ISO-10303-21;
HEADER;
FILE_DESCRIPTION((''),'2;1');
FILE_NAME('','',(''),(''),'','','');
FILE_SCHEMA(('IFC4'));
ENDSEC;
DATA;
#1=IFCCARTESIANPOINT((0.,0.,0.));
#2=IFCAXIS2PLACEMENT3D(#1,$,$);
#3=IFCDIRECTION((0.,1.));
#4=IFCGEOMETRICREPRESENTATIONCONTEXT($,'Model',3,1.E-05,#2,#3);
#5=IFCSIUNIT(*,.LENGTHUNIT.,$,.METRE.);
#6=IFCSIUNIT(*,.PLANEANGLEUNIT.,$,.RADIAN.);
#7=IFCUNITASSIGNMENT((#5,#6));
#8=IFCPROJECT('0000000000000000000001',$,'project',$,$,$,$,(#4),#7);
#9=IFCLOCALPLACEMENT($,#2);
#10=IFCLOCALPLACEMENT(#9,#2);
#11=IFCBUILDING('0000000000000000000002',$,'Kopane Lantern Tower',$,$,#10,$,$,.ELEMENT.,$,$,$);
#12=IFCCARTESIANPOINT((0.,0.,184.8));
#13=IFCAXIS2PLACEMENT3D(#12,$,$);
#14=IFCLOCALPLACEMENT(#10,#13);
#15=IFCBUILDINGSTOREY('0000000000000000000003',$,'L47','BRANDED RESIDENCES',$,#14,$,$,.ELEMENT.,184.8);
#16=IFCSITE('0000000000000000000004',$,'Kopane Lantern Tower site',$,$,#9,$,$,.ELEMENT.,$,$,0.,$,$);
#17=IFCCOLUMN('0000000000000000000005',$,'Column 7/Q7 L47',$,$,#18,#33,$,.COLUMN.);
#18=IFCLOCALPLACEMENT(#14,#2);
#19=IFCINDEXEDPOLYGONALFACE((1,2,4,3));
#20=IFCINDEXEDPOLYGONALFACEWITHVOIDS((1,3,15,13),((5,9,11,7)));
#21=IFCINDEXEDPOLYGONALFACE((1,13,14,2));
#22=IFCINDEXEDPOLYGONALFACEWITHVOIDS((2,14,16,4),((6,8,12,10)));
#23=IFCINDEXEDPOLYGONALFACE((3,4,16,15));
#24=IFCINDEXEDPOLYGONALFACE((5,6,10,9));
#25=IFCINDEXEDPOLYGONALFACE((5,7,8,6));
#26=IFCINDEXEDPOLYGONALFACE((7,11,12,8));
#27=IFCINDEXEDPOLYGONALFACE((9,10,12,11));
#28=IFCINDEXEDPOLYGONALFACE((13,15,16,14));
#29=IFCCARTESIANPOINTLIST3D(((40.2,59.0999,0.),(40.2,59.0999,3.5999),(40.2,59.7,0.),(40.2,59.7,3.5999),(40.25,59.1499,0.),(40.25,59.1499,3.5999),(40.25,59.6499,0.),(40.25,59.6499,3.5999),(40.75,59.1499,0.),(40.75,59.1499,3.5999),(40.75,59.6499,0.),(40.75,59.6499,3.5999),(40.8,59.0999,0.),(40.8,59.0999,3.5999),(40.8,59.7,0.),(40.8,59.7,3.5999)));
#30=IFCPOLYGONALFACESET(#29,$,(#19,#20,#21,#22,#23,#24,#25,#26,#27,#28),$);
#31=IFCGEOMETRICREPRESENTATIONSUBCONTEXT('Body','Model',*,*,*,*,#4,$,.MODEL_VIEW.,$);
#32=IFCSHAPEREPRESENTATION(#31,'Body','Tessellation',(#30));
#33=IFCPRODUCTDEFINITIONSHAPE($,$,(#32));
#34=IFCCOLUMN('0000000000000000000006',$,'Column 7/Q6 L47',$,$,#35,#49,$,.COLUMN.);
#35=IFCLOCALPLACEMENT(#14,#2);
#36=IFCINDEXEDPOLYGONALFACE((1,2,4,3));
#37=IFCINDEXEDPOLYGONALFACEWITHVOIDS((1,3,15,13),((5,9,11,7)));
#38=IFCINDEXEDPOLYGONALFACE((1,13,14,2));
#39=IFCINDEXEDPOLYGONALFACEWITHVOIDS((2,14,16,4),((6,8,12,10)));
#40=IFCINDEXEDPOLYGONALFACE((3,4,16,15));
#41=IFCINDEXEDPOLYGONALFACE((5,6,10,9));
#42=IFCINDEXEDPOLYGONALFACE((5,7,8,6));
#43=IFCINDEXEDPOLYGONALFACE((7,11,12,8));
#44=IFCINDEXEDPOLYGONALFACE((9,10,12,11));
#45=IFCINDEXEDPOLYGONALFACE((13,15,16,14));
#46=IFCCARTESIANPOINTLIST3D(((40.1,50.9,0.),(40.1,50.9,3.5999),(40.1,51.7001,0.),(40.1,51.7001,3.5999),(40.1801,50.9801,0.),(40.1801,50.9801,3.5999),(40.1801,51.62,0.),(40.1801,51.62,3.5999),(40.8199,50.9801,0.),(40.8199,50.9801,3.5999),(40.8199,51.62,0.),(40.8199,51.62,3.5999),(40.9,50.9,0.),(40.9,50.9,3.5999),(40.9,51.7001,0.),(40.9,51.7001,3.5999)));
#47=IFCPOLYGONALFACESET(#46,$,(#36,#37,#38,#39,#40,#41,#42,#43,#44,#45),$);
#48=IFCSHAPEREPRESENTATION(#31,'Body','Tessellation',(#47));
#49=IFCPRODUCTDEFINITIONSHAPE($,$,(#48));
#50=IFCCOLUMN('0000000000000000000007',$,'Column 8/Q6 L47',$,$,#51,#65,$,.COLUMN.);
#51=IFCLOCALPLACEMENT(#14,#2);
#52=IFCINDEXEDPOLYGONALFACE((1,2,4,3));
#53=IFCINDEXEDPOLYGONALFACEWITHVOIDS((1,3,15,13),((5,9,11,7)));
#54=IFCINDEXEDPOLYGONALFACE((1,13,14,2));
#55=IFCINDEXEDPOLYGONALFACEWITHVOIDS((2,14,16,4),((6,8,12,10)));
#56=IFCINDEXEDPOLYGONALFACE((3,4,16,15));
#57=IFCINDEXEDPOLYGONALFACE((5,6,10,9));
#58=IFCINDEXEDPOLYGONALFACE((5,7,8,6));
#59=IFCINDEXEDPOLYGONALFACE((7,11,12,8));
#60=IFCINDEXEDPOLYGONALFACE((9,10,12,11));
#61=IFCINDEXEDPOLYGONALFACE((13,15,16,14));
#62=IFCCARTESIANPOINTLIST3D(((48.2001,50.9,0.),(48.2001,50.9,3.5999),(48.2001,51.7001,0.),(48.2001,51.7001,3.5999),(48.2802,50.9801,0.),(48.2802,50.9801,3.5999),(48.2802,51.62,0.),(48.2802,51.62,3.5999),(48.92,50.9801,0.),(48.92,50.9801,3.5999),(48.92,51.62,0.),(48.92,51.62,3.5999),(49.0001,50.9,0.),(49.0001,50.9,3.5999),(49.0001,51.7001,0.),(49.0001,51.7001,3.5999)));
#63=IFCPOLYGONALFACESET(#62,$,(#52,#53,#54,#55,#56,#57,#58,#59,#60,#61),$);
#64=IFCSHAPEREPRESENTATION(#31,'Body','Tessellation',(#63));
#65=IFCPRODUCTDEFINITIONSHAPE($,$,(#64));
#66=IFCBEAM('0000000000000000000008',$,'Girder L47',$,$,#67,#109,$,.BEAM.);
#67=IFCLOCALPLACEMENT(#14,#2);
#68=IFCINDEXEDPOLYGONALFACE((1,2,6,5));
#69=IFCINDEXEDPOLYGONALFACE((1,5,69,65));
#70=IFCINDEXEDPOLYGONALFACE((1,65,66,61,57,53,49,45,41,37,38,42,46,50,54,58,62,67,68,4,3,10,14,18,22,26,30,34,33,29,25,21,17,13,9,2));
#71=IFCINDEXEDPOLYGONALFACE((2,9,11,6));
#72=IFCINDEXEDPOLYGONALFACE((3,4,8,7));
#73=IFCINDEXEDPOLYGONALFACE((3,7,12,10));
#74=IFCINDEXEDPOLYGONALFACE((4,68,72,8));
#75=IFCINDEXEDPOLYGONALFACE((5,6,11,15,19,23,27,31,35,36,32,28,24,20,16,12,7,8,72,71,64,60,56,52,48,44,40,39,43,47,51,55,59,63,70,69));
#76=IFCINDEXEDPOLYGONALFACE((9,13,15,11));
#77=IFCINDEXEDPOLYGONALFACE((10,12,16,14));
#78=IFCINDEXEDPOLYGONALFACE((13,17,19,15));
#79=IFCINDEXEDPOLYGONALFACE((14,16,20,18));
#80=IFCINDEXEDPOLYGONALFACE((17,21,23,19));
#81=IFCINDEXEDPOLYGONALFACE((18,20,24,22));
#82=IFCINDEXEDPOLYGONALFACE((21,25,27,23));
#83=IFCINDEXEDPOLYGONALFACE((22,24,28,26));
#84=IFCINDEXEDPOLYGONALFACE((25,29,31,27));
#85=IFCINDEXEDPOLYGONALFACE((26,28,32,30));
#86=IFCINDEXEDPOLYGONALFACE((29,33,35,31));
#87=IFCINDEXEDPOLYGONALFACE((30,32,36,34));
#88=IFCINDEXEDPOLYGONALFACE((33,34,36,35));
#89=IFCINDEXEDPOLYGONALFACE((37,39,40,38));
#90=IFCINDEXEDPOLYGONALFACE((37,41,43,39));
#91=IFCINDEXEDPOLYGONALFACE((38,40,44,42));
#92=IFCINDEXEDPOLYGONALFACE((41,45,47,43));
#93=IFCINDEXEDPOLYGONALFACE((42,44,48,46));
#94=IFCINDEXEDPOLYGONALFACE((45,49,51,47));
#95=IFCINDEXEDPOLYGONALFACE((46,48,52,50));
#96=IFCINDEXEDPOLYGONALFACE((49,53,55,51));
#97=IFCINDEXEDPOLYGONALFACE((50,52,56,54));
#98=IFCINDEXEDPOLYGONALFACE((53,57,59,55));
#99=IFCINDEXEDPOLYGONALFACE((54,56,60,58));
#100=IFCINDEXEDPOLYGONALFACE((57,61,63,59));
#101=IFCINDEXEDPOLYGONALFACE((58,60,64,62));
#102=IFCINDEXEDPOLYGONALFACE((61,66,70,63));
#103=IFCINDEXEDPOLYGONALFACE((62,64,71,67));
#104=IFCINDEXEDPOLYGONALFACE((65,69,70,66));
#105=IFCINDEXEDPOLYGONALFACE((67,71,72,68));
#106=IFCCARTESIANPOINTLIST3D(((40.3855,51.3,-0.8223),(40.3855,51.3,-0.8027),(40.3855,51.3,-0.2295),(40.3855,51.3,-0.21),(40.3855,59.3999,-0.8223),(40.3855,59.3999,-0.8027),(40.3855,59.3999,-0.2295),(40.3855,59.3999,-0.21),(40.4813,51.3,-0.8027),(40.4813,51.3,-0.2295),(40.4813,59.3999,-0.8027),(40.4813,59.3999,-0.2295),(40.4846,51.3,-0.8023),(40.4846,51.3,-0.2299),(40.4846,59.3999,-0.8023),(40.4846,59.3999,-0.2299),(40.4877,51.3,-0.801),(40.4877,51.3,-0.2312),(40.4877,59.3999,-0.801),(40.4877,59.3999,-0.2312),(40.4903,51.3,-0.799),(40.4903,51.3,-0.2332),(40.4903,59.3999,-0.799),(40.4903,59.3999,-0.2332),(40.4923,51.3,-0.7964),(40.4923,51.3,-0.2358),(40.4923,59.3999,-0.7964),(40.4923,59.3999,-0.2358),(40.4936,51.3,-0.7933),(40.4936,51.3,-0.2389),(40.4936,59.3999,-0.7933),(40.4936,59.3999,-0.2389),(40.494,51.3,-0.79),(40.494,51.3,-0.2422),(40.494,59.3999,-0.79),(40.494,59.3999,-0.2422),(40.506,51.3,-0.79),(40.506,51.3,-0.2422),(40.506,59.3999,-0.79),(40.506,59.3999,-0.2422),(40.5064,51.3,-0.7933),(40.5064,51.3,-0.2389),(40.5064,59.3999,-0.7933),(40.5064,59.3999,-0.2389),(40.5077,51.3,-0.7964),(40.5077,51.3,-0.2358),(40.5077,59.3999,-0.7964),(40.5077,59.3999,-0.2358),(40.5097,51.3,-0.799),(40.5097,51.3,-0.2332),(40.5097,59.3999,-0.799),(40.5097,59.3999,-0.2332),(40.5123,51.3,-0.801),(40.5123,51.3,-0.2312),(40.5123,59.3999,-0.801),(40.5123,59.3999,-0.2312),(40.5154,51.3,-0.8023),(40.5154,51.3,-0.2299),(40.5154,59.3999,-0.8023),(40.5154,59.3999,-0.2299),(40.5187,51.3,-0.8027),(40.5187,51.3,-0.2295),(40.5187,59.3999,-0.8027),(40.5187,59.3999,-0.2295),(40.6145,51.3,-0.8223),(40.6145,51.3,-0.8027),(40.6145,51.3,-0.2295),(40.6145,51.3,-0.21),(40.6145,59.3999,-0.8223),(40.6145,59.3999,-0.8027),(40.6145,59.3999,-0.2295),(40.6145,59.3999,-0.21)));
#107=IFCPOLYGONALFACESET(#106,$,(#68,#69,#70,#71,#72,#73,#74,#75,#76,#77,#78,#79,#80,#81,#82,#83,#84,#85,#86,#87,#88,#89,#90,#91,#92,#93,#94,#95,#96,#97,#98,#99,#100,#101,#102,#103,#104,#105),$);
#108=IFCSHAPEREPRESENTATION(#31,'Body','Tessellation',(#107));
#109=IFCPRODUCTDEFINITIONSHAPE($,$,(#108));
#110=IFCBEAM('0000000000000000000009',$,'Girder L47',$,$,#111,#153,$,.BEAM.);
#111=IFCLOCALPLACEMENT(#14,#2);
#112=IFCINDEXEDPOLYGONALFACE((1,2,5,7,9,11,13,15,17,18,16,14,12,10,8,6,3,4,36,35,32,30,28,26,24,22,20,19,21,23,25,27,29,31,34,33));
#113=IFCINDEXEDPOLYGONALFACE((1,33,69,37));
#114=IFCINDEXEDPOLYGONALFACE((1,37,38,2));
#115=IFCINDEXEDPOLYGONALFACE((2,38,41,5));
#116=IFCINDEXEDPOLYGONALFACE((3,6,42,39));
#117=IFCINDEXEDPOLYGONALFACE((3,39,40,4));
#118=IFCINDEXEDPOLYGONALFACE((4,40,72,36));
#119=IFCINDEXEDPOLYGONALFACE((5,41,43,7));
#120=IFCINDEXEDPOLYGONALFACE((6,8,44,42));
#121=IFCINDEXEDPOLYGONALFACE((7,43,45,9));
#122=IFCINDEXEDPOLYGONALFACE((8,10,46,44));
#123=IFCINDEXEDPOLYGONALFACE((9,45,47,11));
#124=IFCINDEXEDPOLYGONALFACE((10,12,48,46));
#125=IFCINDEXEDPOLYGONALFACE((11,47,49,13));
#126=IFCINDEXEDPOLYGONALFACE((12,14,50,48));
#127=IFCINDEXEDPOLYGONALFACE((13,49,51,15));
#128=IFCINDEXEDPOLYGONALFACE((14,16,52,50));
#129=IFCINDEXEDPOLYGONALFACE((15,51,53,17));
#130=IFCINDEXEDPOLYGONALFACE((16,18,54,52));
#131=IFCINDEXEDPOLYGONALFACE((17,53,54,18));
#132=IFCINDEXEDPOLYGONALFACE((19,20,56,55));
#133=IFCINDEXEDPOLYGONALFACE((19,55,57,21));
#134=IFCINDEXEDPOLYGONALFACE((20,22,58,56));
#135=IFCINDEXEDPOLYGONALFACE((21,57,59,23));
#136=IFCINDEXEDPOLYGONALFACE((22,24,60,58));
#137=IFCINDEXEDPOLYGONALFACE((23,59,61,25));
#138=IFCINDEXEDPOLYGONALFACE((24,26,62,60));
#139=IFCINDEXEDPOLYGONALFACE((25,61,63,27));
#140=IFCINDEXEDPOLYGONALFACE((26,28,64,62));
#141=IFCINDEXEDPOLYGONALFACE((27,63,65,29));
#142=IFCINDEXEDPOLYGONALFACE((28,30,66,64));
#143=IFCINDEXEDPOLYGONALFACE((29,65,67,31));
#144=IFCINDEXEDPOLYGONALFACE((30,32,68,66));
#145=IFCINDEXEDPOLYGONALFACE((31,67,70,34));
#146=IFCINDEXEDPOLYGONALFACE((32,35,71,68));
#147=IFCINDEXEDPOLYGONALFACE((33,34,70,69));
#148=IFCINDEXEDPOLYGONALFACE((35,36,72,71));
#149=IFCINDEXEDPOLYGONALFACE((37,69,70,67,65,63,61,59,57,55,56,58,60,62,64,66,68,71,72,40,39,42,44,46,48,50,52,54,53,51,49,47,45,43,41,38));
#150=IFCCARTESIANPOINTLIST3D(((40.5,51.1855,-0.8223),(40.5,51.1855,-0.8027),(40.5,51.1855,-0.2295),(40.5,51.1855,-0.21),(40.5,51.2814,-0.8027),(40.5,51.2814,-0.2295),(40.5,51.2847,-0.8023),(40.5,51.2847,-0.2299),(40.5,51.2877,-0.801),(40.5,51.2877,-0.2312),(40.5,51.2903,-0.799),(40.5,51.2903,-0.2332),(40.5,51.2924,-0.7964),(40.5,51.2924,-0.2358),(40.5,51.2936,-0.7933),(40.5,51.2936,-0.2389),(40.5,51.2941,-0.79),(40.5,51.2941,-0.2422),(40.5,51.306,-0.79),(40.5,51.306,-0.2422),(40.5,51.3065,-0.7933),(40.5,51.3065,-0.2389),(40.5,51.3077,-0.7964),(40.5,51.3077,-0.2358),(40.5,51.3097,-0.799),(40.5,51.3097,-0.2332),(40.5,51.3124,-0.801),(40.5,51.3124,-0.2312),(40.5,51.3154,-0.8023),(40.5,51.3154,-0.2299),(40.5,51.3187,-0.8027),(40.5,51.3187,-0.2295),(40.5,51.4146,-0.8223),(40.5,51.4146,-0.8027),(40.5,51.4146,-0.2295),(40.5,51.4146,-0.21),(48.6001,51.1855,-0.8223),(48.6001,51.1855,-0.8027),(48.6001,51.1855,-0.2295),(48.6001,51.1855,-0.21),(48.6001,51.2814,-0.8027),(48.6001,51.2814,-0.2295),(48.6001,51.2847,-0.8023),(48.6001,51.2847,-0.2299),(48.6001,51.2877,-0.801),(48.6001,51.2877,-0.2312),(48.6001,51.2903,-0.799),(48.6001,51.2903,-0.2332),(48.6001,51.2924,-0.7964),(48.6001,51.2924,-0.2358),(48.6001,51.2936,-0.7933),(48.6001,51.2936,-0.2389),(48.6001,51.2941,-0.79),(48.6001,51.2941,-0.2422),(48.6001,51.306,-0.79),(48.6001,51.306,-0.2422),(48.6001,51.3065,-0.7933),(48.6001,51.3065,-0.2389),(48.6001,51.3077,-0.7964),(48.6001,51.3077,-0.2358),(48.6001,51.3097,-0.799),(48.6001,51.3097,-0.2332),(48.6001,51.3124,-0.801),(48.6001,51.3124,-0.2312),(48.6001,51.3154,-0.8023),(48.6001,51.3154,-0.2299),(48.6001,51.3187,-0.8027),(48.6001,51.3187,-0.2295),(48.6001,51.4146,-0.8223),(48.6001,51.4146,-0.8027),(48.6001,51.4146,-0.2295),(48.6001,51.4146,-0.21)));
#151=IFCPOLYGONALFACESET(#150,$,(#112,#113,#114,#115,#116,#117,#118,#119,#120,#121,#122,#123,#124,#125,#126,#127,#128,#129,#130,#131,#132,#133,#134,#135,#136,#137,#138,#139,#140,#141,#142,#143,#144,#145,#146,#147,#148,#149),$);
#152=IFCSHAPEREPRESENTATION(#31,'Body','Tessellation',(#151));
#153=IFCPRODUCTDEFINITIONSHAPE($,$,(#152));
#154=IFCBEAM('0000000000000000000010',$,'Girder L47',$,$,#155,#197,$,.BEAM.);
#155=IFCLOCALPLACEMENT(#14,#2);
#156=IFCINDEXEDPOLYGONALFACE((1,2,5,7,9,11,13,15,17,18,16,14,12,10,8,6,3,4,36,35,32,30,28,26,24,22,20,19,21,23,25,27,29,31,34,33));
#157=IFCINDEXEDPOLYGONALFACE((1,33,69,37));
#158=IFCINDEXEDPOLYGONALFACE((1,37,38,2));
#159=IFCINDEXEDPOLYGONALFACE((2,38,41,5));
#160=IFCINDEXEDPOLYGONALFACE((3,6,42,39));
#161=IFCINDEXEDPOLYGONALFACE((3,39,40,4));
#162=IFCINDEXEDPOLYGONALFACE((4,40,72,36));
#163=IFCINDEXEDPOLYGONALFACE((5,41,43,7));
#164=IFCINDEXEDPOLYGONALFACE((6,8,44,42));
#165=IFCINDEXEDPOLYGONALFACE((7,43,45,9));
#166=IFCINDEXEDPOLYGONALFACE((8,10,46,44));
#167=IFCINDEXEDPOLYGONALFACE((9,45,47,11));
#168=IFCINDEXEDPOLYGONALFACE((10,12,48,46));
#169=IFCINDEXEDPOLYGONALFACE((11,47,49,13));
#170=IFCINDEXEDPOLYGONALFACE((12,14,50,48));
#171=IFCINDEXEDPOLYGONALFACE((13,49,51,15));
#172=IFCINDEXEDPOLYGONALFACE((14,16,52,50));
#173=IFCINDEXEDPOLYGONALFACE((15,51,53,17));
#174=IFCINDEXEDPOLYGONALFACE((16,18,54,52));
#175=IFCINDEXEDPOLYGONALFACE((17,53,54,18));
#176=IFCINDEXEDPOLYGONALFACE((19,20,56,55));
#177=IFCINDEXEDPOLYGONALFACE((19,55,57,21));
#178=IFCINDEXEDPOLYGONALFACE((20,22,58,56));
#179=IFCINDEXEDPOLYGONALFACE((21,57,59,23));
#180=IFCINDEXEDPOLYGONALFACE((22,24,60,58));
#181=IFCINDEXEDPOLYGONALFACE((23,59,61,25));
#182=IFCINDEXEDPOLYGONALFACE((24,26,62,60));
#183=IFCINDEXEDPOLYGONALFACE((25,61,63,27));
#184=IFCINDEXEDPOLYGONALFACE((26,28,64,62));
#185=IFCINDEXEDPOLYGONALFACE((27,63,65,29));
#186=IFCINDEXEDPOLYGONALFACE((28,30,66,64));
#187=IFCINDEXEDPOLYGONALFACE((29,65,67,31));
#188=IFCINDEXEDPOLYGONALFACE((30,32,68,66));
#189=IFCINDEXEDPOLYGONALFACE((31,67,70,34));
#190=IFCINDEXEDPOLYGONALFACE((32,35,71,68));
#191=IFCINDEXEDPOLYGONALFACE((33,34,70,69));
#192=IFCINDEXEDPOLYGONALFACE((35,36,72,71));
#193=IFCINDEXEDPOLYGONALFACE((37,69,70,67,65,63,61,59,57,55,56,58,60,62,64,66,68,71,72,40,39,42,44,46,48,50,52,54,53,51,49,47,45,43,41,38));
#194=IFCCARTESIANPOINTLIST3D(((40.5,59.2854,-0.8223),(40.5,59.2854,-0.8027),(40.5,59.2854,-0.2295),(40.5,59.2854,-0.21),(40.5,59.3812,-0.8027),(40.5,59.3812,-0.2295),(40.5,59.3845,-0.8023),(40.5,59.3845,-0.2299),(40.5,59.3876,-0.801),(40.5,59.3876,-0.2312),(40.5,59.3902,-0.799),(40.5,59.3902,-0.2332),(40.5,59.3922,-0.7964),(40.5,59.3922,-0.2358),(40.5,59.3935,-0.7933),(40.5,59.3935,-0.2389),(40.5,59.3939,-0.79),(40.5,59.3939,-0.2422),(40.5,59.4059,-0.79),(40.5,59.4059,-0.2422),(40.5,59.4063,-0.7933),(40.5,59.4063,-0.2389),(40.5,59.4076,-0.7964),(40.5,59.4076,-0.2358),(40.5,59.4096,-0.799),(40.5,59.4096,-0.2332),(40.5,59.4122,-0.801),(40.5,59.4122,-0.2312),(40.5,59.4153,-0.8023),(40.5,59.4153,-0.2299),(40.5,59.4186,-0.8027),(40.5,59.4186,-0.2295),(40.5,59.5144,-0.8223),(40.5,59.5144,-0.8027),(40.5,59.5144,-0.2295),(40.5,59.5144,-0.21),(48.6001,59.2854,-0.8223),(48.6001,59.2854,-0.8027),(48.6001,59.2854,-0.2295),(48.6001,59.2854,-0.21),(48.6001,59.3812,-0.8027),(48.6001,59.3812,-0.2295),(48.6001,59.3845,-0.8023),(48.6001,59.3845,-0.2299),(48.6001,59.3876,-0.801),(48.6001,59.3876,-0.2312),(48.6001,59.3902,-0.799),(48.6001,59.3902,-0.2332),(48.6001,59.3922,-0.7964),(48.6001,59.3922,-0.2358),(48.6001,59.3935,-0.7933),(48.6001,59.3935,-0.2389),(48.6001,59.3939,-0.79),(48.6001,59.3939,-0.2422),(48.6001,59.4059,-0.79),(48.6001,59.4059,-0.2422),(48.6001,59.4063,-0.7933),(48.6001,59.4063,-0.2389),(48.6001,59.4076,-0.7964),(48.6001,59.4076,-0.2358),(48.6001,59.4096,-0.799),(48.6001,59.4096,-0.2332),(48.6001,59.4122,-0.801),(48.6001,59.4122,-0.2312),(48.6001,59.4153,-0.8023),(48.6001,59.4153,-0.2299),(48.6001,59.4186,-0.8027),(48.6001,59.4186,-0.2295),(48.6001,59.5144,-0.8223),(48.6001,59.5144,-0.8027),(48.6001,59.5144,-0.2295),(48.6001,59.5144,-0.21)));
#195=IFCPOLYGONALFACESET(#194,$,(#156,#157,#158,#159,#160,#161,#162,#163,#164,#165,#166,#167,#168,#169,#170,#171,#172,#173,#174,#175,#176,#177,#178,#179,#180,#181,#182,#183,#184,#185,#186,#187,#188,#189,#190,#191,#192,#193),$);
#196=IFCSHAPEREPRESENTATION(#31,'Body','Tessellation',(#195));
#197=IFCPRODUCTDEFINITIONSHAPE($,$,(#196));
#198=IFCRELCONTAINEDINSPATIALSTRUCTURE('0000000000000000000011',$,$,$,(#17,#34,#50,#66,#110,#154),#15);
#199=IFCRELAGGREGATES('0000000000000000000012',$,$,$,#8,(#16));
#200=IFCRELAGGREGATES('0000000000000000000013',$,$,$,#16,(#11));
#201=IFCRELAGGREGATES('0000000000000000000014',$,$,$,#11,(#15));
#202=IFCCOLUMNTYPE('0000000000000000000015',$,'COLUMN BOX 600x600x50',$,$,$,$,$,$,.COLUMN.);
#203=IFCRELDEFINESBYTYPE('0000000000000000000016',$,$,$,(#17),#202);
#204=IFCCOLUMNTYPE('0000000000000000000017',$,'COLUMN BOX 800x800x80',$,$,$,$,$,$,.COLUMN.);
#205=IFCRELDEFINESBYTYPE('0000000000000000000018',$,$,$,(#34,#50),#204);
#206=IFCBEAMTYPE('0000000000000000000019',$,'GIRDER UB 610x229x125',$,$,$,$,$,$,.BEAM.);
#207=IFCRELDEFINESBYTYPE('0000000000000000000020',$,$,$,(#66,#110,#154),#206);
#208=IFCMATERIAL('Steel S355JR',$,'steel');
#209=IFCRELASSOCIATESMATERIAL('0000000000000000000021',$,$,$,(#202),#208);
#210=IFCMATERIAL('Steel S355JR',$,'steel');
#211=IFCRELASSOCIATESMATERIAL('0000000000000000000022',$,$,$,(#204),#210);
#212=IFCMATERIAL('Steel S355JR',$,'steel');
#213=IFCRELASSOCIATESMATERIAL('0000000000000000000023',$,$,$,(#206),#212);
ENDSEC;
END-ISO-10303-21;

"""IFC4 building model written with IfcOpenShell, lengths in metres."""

from ifc_helpers import new_model, si_unit, direction, frame, origin, origin_2d, place, context, subcontext, project, spatial, hollow_rectangle, i_section, extrude, material, material_profile, profile_set, type_object, element, save


model = new_model("IFC4")

# Units and contexts
model_context = context("Model", 3, precision=1e-05, world=origin(), true_north=direction((0.0, 1.0)))
body_context = subcontext(model_context, "Body", "Model", "MODEL_VIEW")
ifc_project = project(units=[si_unit("LENGTHUNIT", "METRE"), si_unit("PLANEANGLEUNIT", "RADIAN")], contexts=[model_context])

# Site, building, storey
site_placement = place(None, origin())
site = spatial("IfcSite", under=ifc_project, at=site_placement, Name="Kopane Lantern Tower site", CompositionType="ELEMENT", RefElevation=0.0)
building_placement = place(site_placement, origin())
building = spatial("IfcBuilding", under=site, at=building_placement, Name="Kopane Lantern Tower", CompositionType="ELEMENT")
storey_placement = place(building_placement, frame((0.0, 0.0, 184.8)))
storey = spatial("IfcBuildingStorey", under=building, at=storey_placement, Name="L47", Description="BRANDED RESIDENCES", CompositionType="ELEMENT", Elevation=184.8)

# Columns
ifc_material_1 = material(Name="Steel S355JR", Category="steel")
ifc_material_profile_1 = material_profile(ifc_material_1, hollow_rectangle(XDim=0.6001, YDim=0.6001, WallThickness=0.05, at=origin_2d()), Name="BOX 600x600x50")
ifc_profile_set_1 = profile_set([ifc_material_profile_1], Name="Steel S355JR")
column_type_1 = type_object("IfcColumnType", Name="COLUMN BOX 600x600x50", PredefinedType="COLUMN", material=ifc_profile_set_1)
column_placement = place(storey_placement, frame((40.5, 59.3999, 0.0), z_axis=(0.0, 0.0, 1.0), x_axis=(1.0, 0.0, 0.0)))
element("IfcColumn", 1, at=column_placement, inside=storey, type_object=column_type_1, Name="Column 7/Q7 L47", PredefinedType="COLUMN", context=body_context, shape_type="SweptSolid", body=[
    extrude(hollow_rectangle(XDim=0.6001, YDim=0.6001, WallThickness=0.05, at=origin_2d()), origin(), (0.0, 0.0, 1.0), 3.5999),
])
ifc_material_2 = material(Name="Steel S355JR", Category="steel")
ifc_material_profile_2 = material_profile(ifc_material_2, hollow_rectangle(XDim=0.8, YDim=0.8, WallThickness=0.0801, at=origin_2d()), Name="BOX 800x800x80")
ifc_profile_set_2 = profile_set([ifc_material_profile_2], Name="Steel S355JR")
column_type_2 = type_object("IfcColumnType", Name="COLUMN BOX 800x800x80", PredefinedType="COLUMN", material=ifc_profile_set_2)
for number, where, z_axis, x_axis, name in (
    (2, (40.5, 51.3, 0.0), (0.0, 0.0, 1.0), (1.0, 0.0, 0.0), "Column 7/Q6 L47"),
    (3, (48.6001, 51.3, 0.0), (0.0, 0.0, 1.0), (1.0, 0.0, 0.0), "Column 8/Q6 L47"),
):
    element("IfcColumn", number, at=place(storey_placement, frame(where, z_axis=z_axis, x_axis=x_axis)), inside=storey, type_object=column_type_2, Name=name, PredefinedType="COLUMN", context=body_context, shape_type="SweptSolid", body=[
        extrude(hollow_rectangle(XDim=0.8, YDim=0.8, WallThickness=0.0801, at=origin_2d()), origin(), (0.0, 0.0, 1.0), 3.5999),
    ])

# Beams
ifc_material_3 = material(Name="Steel S355JR", Category="steel")
ifc_material_profile_3 = material_profile(ifc_material_3, i_section(OverallWidth=0.229, OverallDepth=0.6123, WebThickness=0.012, FlangeThickness=0.0195, FilletRadius=0.0127, at=origin_2d()), Name="UB 610x229x125")
ifc_profile_set_3 = profile_set([ifc_material_profile_3], Name="Steel S355JR")
beam_type = type_object("IfcBeamType", Name="GIRDER UB 610x229x125", PredefinedType="BEAM", material=ifc_profile_set_3)
beam_placement = place(storey_placement, frame((40.5, 51.3, -0.5161), z_axis=(0.0, 1.0, 0.0), x_axis=(-1.0, 0.0, 0.0)))
element("IfcBeam", 4, at=beam_placement, inside=storey, type_object=beam_type, Name="Girder L47", PredefinedType="BEAM", context=body_context, shape_type="SweptSolid", body=[
    extrude(i_section(OverallWidth=0.229, OverallDepth=0.6123, WebThickness=0.012, FlangeThickness=0.0195, FilletRadius=0.0127, at=origin_2d()), origin(), (0.0, 0.0, 1.0), 8.0999),
])
for number, where, z_axis, x_axis, name in (
    (5, (40.5, 51.3, -0.5161), (1.0, 0.0, 0.0), (0.0, 1.0, 0.0), "Girder L47"),
    (6, (40.5, 59.3999, -0.5161), (1.0, 0.0, 0.0), (0.0, 1.0, 0.0), "Girder L47"),
):
    element("IfcBeam", number, at=place(storey_placement, frame(where, z_axis=z_axis, x_axis=x_axis)), inside=storey, type_object=beam_type, Name=name, PredefinedType="BEAM", context=body_context, shape_type="SweptSolid", body=[
        extrude(i_section(OverallWidth=0.229, OverallDepth=0.6123, WebThickness=0.012, FlangeThickness=0.0195, FilletRadius=0.0127, at=origin_2d()), origin(), (0.0, 0.0, 1.0), 8.1001),
    ])

save(model, "model.ifc")
